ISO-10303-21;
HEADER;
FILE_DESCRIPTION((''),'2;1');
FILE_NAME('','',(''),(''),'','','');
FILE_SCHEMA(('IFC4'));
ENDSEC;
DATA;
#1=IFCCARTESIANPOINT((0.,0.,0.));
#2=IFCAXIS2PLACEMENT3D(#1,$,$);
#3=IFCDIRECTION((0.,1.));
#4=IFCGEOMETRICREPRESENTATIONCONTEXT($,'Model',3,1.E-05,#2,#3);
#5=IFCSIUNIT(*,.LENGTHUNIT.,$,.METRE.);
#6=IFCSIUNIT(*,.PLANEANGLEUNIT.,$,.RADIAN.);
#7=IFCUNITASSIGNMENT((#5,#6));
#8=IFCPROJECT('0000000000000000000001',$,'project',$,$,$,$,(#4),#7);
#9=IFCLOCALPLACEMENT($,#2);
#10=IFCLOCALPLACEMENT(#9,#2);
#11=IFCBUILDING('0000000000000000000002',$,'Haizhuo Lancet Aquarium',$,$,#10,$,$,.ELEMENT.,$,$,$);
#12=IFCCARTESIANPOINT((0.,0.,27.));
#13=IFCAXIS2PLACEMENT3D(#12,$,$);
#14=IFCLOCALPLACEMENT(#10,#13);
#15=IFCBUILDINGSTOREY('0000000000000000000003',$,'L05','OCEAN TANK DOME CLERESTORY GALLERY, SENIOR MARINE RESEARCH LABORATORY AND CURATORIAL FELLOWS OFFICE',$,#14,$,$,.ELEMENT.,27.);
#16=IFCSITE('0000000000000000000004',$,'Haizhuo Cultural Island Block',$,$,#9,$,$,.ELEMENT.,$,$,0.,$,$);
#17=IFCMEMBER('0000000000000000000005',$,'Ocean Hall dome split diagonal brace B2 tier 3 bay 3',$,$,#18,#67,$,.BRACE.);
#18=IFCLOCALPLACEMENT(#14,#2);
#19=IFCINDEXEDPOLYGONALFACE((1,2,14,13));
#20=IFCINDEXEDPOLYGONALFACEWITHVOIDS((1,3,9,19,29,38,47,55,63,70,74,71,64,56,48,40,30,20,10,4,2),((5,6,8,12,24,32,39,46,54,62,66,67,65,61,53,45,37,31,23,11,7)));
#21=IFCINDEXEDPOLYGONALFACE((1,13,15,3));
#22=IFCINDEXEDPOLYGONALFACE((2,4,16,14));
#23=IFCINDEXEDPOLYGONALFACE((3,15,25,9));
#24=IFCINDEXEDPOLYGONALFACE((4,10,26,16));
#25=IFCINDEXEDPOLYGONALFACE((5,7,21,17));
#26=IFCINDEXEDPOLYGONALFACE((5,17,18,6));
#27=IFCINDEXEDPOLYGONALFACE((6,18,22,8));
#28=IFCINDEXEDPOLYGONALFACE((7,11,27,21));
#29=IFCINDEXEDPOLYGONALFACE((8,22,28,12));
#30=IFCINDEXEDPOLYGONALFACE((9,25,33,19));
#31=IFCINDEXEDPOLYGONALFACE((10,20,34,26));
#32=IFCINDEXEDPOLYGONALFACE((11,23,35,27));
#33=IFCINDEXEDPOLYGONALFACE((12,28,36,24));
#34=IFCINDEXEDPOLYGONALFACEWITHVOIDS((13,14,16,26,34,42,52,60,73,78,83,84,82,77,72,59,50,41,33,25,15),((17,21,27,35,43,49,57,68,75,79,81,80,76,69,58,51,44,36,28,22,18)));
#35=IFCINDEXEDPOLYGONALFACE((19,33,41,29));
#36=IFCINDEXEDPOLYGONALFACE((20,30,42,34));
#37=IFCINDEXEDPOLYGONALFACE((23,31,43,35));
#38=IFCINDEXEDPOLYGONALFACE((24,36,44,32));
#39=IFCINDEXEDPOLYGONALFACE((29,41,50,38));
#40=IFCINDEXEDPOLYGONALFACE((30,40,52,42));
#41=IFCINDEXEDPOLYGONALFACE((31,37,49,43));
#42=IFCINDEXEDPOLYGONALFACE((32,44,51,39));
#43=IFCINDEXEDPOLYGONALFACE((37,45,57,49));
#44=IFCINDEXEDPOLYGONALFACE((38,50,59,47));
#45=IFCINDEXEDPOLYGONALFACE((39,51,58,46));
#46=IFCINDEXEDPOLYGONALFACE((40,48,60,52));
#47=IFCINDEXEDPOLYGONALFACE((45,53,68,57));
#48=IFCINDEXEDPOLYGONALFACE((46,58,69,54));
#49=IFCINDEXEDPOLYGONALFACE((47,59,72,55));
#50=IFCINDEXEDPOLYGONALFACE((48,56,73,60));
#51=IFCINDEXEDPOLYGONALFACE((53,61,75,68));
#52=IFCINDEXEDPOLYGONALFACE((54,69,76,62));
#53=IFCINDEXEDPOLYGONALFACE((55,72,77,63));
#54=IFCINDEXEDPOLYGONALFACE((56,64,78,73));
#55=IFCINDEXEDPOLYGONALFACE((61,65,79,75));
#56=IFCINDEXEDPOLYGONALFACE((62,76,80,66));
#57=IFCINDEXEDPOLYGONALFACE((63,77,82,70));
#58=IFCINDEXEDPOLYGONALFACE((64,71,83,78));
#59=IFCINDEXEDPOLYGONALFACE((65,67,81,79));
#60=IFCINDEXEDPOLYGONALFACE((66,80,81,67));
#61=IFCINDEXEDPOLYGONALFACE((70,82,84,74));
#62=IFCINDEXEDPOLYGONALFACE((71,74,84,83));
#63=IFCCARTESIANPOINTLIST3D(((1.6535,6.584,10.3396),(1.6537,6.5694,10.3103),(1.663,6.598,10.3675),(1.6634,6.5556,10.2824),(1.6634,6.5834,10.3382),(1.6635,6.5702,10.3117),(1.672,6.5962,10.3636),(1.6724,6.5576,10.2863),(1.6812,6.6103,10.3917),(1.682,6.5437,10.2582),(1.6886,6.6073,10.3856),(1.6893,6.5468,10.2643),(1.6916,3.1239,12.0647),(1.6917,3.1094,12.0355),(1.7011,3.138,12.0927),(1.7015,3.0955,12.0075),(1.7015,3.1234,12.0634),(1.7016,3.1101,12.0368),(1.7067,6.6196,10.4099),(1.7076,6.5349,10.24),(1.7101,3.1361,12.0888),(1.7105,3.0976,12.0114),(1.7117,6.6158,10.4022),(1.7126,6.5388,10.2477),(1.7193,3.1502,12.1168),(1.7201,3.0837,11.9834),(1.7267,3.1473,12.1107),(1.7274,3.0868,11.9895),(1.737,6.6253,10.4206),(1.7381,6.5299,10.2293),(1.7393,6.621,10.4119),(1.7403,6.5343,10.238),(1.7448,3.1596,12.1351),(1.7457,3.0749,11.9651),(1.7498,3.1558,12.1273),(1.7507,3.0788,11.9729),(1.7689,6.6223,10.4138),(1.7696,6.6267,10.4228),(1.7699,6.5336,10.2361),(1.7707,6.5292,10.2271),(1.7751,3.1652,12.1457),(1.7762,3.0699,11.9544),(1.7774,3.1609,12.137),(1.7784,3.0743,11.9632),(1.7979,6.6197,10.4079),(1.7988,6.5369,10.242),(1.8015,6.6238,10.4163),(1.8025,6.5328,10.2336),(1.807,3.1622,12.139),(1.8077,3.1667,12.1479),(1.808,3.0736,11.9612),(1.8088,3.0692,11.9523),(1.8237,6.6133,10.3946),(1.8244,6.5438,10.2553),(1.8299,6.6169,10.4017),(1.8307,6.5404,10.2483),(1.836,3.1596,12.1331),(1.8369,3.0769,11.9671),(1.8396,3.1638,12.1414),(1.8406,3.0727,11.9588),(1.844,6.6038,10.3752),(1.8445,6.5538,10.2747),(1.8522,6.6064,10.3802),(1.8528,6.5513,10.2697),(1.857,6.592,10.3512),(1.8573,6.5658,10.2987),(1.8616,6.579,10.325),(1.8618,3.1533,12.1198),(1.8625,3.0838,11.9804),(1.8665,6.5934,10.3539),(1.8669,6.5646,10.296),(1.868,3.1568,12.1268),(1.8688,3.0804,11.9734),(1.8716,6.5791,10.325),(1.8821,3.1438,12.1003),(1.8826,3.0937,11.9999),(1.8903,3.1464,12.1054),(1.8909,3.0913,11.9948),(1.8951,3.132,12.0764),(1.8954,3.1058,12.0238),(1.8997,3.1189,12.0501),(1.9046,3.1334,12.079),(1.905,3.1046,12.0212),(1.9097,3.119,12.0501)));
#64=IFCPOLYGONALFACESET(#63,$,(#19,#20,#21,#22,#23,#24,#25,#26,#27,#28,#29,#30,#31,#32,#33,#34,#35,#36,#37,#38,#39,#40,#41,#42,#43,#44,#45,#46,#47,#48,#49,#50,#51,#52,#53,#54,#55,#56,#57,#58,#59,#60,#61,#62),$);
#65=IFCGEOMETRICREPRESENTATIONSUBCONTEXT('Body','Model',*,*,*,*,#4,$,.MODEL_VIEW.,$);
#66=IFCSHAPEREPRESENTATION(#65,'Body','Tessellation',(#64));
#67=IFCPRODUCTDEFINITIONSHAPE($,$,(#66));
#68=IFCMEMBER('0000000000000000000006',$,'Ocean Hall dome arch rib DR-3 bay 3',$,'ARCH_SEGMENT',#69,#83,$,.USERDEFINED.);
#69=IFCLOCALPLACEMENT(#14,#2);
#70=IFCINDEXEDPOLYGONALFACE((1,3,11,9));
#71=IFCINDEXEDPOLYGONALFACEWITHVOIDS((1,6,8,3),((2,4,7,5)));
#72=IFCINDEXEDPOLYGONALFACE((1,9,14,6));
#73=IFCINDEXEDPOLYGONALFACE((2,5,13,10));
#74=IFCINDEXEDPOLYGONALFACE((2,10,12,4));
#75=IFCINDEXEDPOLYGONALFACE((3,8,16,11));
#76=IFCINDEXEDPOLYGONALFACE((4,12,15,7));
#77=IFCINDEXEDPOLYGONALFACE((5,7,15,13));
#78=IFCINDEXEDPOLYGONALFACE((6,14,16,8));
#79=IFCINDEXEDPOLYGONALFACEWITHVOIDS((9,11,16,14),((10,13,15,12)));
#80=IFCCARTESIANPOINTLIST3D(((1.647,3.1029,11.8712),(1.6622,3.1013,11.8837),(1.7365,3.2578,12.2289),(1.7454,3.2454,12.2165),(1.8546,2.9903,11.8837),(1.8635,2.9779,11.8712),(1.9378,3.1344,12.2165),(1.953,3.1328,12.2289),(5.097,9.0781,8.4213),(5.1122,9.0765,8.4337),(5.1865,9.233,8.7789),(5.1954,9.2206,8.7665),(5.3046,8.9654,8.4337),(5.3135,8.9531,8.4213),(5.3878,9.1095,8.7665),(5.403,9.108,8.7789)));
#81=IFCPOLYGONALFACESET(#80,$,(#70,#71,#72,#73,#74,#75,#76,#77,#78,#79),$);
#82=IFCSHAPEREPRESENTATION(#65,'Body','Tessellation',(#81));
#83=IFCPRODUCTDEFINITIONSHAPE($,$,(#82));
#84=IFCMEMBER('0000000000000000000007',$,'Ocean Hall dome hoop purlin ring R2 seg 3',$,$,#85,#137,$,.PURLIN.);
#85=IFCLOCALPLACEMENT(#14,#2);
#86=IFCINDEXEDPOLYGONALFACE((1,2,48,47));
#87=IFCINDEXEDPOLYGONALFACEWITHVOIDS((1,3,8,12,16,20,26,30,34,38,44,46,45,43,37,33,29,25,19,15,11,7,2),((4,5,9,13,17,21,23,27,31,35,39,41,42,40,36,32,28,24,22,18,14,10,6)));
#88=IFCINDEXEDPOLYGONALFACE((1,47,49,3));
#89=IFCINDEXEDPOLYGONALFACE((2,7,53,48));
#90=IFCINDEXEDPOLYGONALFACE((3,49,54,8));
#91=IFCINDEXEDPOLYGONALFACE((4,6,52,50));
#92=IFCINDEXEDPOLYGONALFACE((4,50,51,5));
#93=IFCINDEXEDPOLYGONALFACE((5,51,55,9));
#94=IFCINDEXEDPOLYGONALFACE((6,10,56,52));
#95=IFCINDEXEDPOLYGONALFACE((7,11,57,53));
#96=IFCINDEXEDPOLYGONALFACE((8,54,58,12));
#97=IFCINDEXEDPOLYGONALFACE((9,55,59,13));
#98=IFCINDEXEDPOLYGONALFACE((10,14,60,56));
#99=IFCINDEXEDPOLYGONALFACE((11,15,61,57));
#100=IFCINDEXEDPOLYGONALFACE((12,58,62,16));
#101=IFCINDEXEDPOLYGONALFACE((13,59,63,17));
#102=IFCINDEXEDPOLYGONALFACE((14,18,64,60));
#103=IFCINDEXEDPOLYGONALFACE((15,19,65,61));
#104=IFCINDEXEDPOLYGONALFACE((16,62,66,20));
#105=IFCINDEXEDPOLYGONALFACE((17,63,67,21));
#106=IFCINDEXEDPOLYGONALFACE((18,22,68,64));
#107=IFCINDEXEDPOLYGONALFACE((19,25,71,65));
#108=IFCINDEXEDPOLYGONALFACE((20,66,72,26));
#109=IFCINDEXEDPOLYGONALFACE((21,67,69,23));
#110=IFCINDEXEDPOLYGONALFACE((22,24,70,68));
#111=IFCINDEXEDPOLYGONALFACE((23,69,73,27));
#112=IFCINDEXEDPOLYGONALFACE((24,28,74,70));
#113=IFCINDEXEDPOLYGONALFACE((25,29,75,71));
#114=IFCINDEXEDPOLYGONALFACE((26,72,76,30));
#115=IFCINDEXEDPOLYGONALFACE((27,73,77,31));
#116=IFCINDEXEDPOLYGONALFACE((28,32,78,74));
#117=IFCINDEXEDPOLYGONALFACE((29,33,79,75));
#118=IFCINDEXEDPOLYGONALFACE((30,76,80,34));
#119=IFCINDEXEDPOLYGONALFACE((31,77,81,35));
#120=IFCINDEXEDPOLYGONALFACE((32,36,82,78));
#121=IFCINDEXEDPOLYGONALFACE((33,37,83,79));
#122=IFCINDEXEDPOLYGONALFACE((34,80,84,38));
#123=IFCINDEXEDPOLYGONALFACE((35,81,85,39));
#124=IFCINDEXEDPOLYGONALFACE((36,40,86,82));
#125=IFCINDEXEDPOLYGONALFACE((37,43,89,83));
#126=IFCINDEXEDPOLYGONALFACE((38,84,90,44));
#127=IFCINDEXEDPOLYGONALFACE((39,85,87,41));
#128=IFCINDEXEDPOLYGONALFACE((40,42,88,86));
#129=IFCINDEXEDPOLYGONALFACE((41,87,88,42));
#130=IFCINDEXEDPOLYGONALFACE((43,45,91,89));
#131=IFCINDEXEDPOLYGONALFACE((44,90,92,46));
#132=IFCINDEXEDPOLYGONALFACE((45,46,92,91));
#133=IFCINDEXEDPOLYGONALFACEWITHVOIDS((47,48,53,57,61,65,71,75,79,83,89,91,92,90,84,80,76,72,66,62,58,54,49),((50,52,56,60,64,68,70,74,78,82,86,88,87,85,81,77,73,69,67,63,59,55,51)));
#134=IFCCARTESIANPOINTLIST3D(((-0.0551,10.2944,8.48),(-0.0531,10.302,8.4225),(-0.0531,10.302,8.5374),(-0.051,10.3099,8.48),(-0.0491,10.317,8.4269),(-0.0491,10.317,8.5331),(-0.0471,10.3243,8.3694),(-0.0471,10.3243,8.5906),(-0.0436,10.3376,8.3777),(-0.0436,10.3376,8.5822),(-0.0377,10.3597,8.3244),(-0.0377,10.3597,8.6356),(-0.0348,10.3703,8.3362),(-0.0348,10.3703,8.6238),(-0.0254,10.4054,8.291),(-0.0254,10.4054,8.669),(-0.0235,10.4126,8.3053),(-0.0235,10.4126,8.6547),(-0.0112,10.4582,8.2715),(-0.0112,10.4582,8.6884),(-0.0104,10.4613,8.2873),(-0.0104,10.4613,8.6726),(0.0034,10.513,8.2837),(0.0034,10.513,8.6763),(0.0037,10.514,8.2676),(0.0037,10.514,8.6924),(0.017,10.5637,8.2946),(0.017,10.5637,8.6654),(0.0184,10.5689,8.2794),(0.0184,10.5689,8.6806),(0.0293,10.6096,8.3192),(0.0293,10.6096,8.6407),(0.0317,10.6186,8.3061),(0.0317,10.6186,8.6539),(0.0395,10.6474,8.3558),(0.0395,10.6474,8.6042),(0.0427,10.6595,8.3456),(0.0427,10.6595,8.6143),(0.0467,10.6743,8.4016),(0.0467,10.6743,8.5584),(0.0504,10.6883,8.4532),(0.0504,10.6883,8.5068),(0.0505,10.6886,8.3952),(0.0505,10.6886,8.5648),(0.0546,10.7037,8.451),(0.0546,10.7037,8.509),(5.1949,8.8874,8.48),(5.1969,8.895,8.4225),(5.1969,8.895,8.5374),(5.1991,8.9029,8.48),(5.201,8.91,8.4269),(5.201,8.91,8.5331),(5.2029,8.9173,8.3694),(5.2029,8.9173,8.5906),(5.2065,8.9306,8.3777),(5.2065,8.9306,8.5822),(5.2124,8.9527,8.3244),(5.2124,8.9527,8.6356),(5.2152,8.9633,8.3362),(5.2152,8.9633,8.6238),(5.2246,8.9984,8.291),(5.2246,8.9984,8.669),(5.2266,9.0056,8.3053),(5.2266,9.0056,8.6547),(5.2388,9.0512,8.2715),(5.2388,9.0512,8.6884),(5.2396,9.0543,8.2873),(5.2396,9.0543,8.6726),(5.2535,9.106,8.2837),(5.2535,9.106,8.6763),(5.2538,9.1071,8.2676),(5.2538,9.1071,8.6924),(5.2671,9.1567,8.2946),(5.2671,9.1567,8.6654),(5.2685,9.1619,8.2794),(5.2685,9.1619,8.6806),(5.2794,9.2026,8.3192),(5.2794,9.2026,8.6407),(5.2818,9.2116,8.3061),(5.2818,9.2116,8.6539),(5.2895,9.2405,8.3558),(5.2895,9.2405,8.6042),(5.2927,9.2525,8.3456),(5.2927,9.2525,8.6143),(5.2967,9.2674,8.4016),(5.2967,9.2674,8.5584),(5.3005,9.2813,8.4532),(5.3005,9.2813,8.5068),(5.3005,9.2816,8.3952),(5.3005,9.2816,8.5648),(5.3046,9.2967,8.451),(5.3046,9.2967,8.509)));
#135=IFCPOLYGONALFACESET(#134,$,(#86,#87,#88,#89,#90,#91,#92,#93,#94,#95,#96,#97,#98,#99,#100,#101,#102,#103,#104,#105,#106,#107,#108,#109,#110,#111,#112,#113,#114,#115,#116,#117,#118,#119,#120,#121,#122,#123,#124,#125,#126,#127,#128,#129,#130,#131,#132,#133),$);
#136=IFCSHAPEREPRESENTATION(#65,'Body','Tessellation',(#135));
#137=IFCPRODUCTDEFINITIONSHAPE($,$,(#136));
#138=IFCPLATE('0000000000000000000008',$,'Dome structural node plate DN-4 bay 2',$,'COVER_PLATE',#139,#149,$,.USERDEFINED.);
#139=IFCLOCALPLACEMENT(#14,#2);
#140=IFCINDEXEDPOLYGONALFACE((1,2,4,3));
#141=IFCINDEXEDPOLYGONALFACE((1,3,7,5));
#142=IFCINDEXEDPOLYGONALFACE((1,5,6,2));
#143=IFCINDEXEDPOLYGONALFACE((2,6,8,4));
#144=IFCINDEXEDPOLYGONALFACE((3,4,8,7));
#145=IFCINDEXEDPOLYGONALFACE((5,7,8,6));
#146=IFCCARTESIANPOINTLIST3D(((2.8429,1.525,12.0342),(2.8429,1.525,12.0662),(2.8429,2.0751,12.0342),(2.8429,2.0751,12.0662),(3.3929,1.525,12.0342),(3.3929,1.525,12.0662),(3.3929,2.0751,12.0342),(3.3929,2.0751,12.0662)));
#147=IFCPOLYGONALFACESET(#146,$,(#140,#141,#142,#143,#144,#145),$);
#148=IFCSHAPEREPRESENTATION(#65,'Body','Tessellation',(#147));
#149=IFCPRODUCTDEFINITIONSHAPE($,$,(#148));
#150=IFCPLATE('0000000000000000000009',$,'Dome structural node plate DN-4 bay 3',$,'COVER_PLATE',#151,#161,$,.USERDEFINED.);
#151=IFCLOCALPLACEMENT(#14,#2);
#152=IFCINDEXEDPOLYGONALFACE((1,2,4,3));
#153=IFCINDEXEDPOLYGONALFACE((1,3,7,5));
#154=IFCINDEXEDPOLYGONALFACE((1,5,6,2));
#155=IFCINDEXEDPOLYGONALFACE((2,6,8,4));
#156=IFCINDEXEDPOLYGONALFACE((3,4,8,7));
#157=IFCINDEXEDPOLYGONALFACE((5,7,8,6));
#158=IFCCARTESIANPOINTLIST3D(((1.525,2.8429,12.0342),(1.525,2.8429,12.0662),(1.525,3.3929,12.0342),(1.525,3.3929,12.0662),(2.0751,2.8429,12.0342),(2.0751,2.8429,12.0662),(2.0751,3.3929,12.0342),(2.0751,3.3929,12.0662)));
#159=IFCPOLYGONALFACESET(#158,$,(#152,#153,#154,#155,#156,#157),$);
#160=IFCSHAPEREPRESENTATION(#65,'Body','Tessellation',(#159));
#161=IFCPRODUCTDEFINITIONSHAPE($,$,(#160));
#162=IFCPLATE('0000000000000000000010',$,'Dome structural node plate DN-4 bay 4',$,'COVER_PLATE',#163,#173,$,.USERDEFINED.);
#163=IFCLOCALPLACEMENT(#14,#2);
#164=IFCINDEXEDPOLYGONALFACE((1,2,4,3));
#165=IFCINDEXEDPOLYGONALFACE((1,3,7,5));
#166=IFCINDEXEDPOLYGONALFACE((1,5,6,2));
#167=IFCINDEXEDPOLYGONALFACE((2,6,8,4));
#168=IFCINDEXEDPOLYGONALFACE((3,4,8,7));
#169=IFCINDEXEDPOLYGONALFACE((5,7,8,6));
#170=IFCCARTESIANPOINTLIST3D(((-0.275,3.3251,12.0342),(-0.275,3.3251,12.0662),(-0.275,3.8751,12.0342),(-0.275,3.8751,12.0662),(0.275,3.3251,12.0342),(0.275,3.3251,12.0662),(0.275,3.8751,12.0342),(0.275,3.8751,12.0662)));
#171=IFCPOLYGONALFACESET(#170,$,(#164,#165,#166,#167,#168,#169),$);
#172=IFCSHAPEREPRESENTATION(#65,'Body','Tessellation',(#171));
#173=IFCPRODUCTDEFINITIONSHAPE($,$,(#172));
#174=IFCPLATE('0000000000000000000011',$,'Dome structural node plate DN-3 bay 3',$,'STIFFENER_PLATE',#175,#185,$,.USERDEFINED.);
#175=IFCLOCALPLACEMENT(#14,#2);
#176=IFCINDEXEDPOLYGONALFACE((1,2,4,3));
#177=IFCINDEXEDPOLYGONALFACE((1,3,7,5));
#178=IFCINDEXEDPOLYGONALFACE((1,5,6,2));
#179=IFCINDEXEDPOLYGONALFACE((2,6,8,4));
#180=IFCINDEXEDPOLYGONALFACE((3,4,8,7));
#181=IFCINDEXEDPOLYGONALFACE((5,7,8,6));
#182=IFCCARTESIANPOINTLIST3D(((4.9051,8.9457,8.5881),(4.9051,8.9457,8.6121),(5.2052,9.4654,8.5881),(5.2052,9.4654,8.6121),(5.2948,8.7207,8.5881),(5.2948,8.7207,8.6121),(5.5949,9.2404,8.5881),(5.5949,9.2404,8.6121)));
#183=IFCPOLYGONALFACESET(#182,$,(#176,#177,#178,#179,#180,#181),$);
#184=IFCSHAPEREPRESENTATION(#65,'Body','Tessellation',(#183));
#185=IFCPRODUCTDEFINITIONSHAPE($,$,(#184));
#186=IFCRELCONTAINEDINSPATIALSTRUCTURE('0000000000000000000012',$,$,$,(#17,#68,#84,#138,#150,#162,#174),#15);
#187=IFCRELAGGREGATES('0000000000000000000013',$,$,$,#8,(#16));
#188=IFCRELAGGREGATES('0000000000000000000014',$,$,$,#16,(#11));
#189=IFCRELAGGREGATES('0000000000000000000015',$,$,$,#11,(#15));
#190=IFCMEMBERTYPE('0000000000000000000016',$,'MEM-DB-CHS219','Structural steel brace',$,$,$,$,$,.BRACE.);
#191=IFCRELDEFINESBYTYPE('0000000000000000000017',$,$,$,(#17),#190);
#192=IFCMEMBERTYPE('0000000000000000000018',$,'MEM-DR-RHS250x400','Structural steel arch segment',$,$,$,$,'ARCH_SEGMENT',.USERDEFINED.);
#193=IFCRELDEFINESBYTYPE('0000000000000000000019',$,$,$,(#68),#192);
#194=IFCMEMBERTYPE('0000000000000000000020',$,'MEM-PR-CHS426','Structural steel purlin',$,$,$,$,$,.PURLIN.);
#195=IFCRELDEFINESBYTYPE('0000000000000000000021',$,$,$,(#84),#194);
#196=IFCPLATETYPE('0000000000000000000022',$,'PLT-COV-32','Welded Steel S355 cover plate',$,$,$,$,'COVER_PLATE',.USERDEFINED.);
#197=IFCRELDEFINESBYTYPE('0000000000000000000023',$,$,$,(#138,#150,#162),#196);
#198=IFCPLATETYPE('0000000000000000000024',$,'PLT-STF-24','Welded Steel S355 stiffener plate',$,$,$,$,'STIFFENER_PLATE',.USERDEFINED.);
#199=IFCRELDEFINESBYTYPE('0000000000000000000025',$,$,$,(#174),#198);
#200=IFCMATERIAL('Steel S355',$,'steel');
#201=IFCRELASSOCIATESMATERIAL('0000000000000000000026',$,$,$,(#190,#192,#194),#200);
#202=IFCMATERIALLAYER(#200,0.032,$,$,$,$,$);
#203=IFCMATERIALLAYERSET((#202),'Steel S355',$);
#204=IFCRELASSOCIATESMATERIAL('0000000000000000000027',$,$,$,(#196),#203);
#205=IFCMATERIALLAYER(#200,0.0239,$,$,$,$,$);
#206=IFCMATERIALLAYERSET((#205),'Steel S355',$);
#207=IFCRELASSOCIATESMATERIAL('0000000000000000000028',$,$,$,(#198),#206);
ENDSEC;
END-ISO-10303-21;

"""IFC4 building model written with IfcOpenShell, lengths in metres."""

from ifc_helpers import new_model, si_unit, direction, frame, origin, origin_2d, place, context, subcontext, project, spatial, rectangle, hollow_rectangle, hollow_circle, extrude, material, layer, layer_set, material_profile, profile_set, type_object, element, save


model = new_model("IFC4")

# Units and contexts
model_context = context("Model", 3, precision=1e-05, world=origin(), true_north=direction((0.0, 1.0)))
body_context = subcontext(model_context, "Body", "Model", "MODEL_VIEW")
ifc_project = project(units=[si_unit("LENGTHUNIT", "METRE"), si_unit("PLANEANGLEUNIT", "RADIAN")], contexts=[model_context])

# Site, building, storey
site_placement = place(None, origin())
site = spatial("IfcSite", under=ifc_project, at=site_placement, Name="Haizhuo Cultural Island Block", CompositionType="ELEMENT", RefElevation=0.0)
building_placement = place(site_placement, origin())
building = spatial("IfcBuilding", under=site, at=building_placement, Name="Haizhuo Lancet Aquarium", CompositionType="ELEMENT")
storey_placement = place(building_placement, frame((0.0, 0.0, 27.0)))
storey = spatial("IfcBuildingStorey", under=building, at=storey_placement, Name="L05", Description="OCEAN TANK DOME CLERESTORY GALLERY, SENIOR MARINE RESEARCH LABORATORY AND CURATORIAL FELLOWS OFFICE", CompositionType="ELEMENT", Elevation=27.0)

# Shared definitions
ifc_material_1 = material(Name="Steel S355", Category="steel")

# Members
ifc_material_profile_1 = material_profile(ifc_material_1, hollow_circle(Radius=0.1096, WallThickness=0.01, at=origin_2d()), Name="CHS 219x10")
ifc_profile_set_1 = profile_set([ifc_material_profile_1], Name="Steel S355")
member_type_1 = type_object("IfcMemberType", Name="MEM-DB-CHS219", Description="Structural steel brace", PredefinedType="BRACE", material=ifc_profile_set_1)
member_1_placement = place(storey_placement, frame((1.762, 6.5779, 10.325), z_axis=(0.009851, -0.894888, 0.446181), x_axis=(0.999939, 0.011007, 0.0)))
element("IfcMember", 1, at=member_1_placement, inside=storey, type_object=member_type_1, Name="Ocean Hall dome split diagonal brace B2 tier 3 bay 3", PredefinedType="BRACE", context=body_context, shape_type="SweptSolid", body=[
    extrude(hollow_circle(Radius=0.1096, WallThickness=0.01, at=origin_2d()), origin(), (0.0, 0.0, 1.0), 3.8665),
])
ifc_material_profile_2 = material_profile(ifc_material_1, hollow_rectangle(XDim=0.25, YDim=0.3999, WallThickness=0.0139, at=origin_2d()), Name="RHS 250x400x14")
ifc_profile_set_2 = profile_set([ifc_material_profile_2], Name="Steel S355")
member_type_2 = type_object("IfcMemberType", Name="MEM-DR-RHS250x400", Description="Structural steel arch segment", ElementType="ARCH_SEGMENT", PredefinedType="USERDEFINED", material=ifc_profile_set_2)
member_2_placement = place(storey_placement, frame((5.25, 9.093, 8.6001), z_axis=(-0.447231, -0.774576, 0.447231), x_axis=(0.866011, -0.500025, 0.0)))
element("IfcMember", 2, at=member_2_placement, inside=storey, type_object=member_type_2, Name="Ocean Hall dome arch rib DR-3 bay 3", ObjectType="ARCH_SEGMENT", PredefinedType="USERDEFINED", context=body_context, shape_type="SweptSolid", body=[
    extrude(hollow_rectangle(XDim=0.25, YDim=0.3999, WallThickness=0.0139, at=origin_2d()), origin(), (0.0, 0.0, 1.0), 7.7141),
])
ifc_material_profile_3 = material_profile(ifc_material_1, hollow_circle(Radius=0.2129, WallThickness=0.0161, at=origin_2d()), Name="CHS 426x16")
ifc_profile_set_3 = profile_set([ifc_material_profile_3], Name="Steel S355")
member_type_3 = type_object("IfcMemberType", Name="MEM-PR-CHS426", Description="Structural steel purlin", PredefinedType="PURLIN", material=ifc_profile_set_3)
member_3_placement = place(storey_placement, frame((5.25, 9.093, 8.48), z_axis=(-0.965914, 0.258862, 0.0), x_axis=(-0.258862, -0.965914, 0.0)))
element("IfcMember", 3, at=member_3_placement, inside=storey, type_object=member_type_3, Name="Ocean Hall dome hoop purlin ring R2 seg 3", PredefinedType="PURLIN", context=body_context, shape_type="SweptSolid", body=[
    extrude(hollow_circle(Radius=0.2129, WallThickness=0.0161, at=origin_2d()), origin(), (0.0, 0.0, 1.0), 5.4353),
])

# Plates
ifc_layer_1 = layer(ifc_material_1, 0.032)
ifc_layer_set_1 = layer_set([ifc_layer_1], Name="Steel S355")
plate_type_1 = type_object("IfcPlateType", Name="PLT-COV-32", Description="Welded Steel S355 cover plate", ElementType="COVER_PLATE", PredefinedType="USERDEFINED", material=ifc_layer_set_1)
for number, where, z_axis, x_axis, name in (
    (4, (3.1179, 1.8, 12.0342), (0.0, 0.0, 1.0), (1.0, 0.0, 0.0), "Dome structural node plate DN-4 bay 2"),
    (5, (1.8, 3.1179, 12.0342), (0.0, 0.0, 1.0), (1.0, 0.0, 0.0), "Dome structural node plate DN-4 bay 3"),
    (6, (0.0, 3.6001, 12.0342), (0.0, 0.0, 1.0), (1.0, 0.0, 0.0), "Dome structural node plate DN-4 bay 4"),
):
    element("IfcPlate", number, at=place(storey_placement, frame(where, z_axis=z_axis, x_axis=x_axis)), inside=storey, type_object=plate_type_1, Name=name, ObjectType="COVER_PLATE", PredefinedType="USERDEFINED", context=body_context, shape_type="SweptSolid", body=[
        extrude(rectangle(XDim=0.55, YDim=0.55, at=origin_2d()), origin(), (0.0, 0.0, 1.0), 0.032),
    ])
ifc_layer_2 = layer(ifc_material_1, 0.0239)
ifc_layer_set_2 = layer_set([ifc_layer_2], Name="Steel S355")
plate_type_2 = type_object("IfcPlateType", Name="PLT-STF-24", Description="Welded Steel S355 stiffener plate", ElementType="STIFFENER_PLATE", PredefinedType="USERDEFINED", material=ifc_layer_set_2)
plate_placement = place(storey_placement, frame((5.25, 9.093, 8.5881), z_axis=(0.0, 0.0, 1.0), x_axis=(0.5, 0.866025, 0.0)))
element("IfcPlate", 7, at=plate_placement, inside=storey, type_object=plate_type_2, Name="Dome structural node plate DN-3 bay 3", ObjectType="STIFFENER_PLATE", PredefinedType="USERDEFINED", context=body_context, shape_type="SweptSolid", body=[
    extrude(rectangle(XDim=0.6001, YDim=0.45, at=origin_2d()), origin(), (0.0, 0.0, 1.0), 0.0239),
])

save(model, "model.ifc")
